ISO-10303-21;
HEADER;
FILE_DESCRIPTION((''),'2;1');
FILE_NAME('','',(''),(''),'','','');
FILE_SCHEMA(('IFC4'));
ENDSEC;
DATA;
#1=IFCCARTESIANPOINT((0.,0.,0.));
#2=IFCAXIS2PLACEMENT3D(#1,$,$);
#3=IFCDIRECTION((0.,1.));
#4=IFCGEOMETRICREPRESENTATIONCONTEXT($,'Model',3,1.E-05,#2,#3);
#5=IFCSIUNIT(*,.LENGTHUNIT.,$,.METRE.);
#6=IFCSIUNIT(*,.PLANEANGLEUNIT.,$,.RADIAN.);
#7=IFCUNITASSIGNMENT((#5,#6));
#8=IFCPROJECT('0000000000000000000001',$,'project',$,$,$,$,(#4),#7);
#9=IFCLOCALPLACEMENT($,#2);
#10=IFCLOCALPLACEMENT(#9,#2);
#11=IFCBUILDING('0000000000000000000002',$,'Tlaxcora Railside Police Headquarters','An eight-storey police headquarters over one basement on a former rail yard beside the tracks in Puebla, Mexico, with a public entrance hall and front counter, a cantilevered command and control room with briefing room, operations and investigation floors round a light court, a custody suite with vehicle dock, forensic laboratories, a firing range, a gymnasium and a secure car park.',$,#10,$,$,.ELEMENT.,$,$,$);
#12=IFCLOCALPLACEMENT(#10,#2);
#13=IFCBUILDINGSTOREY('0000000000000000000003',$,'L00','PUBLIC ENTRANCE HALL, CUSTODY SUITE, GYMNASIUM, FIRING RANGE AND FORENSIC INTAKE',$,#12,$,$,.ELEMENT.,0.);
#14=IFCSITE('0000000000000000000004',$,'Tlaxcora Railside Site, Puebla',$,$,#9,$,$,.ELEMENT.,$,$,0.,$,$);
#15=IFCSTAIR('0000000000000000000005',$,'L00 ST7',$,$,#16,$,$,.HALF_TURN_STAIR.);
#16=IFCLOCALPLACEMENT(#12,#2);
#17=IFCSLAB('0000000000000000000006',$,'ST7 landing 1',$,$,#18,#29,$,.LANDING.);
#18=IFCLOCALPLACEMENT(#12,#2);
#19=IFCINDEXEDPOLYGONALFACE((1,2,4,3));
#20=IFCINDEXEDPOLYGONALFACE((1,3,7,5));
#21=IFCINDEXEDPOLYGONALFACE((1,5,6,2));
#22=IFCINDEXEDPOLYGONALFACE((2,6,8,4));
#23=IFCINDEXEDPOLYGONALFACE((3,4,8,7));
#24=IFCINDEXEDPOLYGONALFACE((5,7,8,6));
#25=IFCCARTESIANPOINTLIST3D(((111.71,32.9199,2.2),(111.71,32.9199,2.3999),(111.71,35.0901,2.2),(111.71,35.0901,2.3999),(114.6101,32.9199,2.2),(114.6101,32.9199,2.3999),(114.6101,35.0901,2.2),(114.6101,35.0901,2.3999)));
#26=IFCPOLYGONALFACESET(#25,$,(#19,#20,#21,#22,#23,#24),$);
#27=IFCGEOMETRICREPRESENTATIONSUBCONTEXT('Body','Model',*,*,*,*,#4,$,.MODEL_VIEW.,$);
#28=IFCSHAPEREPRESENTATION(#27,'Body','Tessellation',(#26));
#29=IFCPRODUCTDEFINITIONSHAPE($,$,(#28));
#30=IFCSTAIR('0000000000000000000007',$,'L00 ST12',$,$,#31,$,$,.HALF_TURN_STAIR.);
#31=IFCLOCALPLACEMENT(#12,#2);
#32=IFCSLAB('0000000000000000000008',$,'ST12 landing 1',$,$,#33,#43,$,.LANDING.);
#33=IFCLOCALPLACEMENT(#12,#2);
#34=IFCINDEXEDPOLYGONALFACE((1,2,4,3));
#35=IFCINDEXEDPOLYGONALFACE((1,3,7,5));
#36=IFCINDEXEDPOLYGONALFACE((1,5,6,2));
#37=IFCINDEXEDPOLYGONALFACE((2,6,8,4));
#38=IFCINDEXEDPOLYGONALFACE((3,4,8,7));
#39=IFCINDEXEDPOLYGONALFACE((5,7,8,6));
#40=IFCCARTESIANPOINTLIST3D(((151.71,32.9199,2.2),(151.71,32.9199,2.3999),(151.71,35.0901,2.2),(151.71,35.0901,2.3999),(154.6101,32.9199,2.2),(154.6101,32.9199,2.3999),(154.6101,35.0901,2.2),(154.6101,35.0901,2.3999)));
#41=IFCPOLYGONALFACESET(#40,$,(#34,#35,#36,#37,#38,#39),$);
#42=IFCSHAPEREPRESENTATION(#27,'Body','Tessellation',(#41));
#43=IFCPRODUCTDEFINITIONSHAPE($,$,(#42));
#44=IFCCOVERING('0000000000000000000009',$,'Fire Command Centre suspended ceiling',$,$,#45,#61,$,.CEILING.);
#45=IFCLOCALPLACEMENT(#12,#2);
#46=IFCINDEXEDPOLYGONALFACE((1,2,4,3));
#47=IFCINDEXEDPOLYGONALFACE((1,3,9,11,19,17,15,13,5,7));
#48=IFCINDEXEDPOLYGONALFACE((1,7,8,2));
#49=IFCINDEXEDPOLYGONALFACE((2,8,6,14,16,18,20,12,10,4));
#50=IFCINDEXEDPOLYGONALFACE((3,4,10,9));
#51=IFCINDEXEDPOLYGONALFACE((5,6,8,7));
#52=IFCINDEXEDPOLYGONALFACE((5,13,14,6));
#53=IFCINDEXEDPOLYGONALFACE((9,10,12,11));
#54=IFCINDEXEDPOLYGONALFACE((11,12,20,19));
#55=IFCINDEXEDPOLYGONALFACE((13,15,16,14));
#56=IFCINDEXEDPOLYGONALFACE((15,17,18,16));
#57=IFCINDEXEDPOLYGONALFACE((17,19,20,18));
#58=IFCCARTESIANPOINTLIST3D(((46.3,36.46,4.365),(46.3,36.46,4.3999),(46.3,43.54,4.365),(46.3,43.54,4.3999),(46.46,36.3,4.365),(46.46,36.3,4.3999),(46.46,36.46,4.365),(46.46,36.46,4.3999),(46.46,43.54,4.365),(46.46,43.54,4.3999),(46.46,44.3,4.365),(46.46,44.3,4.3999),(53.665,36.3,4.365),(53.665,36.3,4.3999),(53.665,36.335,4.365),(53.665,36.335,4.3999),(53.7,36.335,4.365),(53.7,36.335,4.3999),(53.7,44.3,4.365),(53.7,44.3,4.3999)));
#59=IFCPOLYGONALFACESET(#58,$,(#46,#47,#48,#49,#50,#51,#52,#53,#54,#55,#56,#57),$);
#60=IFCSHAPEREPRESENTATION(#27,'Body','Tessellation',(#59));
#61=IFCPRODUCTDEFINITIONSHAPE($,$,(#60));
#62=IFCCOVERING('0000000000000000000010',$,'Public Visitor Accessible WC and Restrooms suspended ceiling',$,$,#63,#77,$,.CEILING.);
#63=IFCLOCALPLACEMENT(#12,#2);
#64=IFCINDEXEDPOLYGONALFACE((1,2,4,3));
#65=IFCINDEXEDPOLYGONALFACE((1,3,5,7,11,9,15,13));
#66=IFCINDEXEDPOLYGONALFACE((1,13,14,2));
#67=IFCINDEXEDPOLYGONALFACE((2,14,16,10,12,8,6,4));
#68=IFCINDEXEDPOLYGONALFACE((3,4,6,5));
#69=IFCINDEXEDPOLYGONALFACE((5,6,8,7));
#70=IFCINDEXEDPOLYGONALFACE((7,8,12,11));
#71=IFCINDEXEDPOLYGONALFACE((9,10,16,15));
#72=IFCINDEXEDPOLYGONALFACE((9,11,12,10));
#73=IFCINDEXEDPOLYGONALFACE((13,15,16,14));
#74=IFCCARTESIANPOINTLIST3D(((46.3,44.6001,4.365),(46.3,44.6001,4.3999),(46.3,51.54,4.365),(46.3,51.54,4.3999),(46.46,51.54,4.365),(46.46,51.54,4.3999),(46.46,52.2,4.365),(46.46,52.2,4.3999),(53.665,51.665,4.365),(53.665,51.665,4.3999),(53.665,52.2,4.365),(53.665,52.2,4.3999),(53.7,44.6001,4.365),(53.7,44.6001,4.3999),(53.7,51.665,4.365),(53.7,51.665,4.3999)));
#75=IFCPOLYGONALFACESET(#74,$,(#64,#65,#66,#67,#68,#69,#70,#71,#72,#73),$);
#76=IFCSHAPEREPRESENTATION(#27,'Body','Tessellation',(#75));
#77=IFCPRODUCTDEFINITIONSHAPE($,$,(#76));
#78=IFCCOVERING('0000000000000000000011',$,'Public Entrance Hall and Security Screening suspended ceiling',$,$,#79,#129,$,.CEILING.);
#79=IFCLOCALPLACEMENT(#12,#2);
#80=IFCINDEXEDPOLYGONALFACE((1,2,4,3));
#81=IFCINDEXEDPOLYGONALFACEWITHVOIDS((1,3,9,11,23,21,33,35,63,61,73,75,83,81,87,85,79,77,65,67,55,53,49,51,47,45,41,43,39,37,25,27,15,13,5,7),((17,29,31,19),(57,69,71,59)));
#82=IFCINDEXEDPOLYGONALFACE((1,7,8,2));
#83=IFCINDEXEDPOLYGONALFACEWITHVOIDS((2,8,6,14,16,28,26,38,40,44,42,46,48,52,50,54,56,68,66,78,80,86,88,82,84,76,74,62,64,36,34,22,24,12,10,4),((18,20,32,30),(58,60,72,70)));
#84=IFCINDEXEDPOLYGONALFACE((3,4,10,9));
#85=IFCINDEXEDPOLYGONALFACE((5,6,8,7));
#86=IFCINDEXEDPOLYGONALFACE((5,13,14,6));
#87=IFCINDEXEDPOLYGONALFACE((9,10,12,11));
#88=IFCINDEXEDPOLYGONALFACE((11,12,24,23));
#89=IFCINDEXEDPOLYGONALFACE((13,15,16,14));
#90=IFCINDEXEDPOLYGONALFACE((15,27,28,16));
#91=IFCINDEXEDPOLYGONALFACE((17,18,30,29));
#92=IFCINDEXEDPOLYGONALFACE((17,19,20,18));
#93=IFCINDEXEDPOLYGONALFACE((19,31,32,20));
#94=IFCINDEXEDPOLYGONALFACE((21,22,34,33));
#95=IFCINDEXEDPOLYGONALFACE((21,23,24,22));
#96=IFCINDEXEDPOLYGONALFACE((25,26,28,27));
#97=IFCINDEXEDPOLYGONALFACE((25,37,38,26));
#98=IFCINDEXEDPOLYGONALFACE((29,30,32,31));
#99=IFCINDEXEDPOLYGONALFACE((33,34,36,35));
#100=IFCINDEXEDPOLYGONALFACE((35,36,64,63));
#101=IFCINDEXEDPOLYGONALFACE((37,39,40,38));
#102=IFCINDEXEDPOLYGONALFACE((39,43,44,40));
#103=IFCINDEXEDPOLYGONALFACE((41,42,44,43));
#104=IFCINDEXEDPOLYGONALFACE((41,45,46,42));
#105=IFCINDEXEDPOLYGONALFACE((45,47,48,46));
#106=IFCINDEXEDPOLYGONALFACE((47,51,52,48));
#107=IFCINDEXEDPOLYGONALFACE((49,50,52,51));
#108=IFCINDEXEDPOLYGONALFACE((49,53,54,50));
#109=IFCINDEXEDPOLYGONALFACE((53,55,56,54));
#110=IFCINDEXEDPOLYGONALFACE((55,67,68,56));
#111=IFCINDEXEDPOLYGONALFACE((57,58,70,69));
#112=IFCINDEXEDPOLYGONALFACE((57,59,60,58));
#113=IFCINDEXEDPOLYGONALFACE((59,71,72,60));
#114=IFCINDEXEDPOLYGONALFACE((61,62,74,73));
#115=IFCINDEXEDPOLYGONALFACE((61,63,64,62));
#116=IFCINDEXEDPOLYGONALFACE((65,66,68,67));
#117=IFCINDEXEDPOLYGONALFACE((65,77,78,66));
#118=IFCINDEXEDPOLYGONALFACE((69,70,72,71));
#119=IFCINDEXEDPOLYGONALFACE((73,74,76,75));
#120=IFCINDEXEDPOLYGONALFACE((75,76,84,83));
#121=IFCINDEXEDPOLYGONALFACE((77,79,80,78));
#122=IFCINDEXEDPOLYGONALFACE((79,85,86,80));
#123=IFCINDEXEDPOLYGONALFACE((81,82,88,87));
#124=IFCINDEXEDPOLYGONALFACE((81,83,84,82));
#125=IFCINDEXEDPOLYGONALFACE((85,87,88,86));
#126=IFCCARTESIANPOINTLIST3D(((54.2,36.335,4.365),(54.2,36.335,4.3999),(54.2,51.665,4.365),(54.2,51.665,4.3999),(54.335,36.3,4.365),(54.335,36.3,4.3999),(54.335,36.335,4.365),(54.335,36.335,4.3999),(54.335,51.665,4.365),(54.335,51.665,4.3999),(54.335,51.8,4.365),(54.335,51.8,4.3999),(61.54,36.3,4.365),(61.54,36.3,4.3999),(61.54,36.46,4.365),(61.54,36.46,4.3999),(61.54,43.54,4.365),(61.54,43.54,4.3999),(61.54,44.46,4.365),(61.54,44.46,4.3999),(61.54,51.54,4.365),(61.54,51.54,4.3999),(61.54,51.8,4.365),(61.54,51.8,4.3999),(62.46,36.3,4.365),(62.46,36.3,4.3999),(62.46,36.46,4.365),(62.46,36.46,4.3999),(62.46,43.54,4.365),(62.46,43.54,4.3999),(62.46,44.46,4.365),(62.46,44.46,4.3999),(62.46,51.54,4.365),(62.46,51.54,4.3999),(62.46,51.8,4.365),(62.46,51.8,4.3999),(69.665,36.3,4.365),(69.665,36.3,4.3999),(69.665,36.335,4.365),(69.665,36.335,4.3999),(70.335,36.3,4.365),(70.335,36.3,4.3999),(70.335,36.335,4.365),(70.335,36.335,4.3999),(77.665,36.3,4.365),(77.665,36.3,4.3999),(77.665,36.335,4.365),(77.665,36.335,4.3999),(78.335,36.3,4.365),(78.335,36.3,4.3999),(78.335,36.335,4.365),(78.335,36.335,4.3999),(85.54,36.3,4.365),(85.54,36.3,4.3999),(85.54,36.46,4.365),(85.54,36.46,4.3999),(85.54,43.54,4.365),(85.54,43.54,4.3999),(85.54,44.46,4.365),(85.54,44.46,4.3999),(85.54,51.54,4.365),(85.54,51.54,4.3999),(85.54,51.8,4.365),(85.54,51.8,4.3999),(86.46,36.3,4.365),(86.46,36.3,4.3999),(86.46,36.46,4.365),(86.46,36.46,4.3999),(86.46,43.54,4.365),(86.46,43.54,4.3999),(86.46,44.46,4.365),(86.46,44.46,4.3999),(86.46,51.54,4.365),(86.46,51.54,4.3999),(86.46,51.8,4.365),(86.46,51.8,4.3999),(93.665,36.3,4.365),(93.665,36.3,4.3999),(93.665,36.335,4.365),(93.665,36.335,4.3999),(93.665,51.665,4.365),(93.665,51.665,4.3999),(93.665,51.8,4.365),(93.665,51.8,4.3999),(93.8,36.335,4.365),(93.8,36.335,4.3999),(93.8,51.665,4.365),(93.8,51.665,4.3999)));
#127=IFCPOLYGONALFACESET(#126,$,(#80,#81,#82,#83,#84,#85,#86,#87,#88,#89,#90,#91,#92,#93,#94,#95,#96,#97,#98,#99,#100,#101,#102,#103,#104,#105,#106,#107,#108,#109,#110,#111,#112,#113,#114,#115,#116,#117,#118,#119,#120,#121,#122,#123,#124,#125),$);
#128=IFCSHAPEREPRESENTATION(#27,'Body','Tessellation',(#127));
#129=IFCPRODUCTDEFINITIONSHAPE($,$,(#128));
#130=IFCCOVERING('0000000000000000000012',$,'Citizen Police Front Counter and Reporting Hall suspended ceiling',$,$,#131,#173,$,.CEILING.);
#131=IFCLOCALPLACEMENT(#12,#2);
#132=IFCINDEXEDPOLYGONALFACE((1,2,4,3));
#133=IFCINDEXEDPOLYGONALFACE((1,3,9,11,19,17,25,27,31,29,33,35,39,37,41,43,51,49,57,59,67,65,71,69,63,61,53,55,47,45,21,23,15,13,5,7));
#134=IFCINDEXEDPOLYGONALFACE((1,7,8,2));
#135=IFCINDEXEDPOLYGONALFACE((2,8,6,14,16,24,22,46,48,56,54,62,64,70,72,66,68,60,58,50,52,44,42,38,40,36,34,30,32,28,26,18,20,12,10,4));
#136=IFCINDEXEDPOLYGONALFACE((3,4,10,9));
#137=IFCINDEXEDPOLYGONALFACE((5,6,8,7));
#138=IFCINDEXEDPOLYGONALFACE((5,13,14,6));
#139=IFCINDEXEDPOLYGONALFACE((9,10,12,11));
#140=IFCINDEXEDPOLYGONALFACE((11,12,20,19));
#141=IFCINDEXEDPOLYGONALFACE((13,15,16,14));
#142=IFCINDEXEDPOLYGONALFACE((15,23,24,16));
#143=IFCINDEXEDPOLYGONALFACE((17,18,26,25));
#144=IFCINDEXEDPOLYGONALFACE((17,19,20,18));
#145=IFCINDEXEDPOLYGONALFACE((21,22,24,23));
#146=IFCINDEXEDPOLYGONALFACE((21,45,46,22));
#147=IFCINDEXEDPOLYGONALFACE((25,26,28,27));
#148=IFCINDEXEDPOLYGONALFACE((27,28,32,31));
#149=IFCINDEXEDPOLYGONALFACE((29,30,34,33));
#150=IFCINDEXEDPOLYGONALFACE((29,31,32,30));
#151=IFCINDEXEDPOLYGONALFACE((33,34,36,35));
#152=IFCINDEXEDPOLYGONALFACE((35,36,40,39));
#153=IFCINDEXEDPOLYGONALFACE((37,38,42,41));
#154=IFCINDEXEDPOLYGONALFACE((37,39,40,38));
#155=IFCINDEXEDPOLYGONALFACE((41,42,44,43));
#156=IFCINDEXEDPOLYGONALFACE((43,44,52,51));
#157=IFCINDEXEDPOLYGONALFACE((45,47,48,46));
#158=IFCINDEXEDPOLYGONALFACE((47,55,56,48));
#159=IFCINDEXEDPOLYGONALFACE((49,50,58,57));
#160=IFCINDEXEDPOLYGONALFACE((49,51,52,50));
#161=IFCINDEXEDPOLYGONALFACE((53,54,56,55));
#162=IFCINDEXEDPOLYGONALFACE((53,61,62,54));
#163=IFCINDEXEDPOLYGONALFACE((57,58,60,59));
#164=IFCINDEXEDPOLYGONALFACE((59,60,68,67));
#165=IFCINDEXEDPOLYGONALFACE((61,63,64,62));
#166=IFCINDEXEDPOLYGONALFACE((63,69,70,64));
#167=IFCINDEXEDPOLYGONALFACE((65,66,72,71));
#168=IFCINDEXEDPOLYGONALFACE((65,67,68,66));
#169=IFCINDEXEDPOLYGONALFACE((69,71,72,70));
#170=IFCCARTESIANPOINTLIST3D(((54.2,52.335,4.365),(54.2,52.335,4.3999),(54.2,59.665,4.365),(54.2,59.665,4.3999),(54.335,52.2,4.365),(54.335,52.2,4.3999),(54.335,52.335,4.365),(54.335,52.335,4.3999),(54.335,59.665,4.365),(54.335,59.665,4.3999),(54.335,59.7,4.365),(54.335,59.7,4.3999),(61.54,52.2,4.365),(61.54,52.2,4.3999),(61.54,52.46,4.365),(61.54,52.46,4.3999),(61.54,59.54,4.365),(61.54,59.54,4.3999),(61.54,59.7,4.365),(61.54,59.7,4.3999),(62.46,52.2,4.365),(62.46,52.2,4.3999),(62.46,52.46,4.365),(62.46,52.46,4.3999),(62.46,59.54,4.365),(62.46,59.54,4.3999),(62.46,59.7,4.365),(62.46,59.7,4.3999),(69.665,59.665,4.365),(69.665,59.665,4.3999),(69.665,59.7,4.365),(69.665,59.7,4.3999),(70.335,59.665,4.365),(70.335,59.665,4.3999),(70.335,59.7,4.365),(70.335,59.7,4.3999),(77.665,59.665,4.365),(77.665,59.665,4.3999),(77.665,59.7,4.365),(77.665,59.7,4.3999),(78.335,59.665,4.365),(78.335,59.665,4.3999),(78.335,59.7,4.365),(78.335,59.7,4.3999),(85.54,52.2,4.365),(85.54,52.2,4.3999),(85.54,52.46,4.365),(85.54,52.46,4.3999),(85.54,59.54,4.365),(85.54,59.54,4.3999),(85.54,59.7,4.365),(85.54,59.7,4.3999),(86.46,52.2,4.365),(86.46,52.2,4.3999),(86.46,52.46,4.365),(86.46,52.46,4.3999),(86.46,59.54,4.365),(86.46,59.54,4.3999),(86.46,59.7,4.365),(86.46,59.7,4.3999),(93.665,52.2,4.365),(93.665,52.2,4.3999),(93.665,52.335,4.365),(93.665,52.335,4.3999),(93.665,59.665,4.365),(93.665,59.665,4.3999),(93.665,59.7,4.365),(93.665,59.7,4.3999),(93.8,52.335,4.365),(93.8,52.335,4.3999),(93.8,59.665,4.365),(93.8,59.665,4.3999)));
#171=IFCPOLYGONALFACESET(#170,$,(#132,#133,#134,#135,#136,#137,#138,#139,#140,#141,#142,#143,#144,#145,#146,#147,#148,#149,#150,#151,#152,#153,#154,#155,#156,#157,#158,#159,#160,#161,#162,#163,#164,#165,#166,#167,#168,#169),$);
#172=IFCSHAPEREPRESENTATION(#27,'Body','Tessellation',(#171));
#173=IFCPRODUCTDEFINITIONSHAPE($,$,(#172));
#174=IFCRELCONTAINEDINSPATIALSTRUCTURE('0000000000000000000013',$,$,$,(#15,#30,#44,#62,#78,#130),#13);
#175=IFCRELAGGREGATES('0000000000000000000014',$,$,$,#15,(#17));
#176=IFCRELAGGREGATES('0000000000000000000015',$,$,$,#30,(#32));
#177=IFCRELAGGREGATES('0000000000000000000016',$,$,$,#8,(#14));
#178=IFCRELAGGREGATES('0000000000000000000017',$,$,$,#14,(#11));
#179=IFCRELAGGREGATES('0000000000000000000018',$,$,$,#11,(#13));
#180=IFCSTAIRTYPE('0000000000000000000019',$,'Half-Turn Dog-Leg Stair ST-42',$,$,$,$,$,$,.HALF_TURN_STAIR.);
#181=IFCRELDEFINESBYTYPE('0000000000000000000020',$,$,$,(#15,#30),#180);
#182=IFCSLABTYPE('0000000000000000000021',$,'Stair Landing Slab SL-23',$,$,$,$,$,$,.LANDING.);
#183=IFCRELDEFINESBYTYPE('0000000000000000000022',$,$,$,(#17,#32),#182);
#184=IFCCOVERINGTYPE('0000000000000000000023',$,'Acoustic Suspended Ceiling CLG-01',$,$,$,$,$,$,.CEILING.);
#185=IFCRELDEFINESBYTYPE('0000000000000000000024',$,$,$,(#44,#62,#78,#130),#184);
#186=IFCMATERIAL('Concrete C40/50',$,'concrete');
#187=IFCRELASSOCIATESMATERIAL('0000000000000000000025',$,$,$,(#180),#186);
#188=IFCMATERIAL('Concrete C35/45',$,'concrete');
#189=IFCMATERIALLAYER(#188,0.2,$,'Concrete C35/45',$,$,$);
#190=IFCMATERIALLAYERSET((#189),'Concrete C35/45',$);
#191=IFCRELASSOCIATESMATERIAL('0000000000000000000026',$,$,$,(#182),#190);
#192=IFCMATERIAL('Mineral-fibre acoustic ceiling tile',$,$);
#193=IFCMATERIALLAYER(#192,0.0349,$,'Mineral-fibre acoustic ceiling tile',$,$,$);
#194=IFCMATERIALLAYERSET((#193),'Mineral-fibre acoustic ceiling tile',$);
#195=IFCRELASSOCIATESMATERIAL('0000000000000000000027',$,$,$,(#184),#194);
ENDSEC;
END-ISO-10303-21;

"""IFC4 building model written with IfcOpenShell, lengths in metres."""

from ifc_helpers import new_model, si_unit, direction, frame, origin, place, context, subcontext, project, spatial, polyline, outline, extrude, material, layer, layer_set, type_object, element, aggregate, save


model = new_model("IFC4")

# Units and contexts
model_context = context("Model", 3, precision=1e-05, world=origin(), true_north=direction((0.0, 1.0)))
body_context = subcontext(model_context, "Body", "Model", "MODEL_VIEW")
ifc_project = project(units=[si_unit("LENGTHUNIT", "METRE"), si_unit("PLANEANGLEUNIT", "RADIAN")], contexts=[model_context])

# Site, building, storey
site_placement = place(None, origin())
site = spatial("IfcSite", under=ifc_project, at=site_placement, Name="Tlaxcora Railside Site, Puebla", CompositionType="ELEMENT", RefElevation=0.0)
building_placement = place(site_placement, origin())
building = spatial("IfcBuilding", under=site, at=building_placement, Name="Tlaxcora Railside Police Headquarters", Description="An eight-storey police headquarters over one basement on a former rail yard beside the tracks in Puebla, Mexico, with a public entrance hall and front counter, a cantilevered command and control room with briefing room, operations and investigation floors round a light court, a custody suite with vehicle dock, forensic laboratories, a firing range, a gymnasium and a secure car park.", CompositionType="ELEMENT")
storey_placement = place(building_placement, origin())
storey = spatial("IfcBuildingStorey", under=building, at=storey_placement, Name="L00", Description="PUBLIC ENTRANCE HALL, CUSTODY SUITE, GYMNASIUM, FIRING RANGE AND FORENSIC INTAKE", CompositionType="ELEMENT", Elevation=0.0)

# Stairs, slabs
ifc_material_1 = material(Name="Concrete C40/50", Category="concrete")
stair_type = type_object("IfcStairType", Name="Half-Turn Dog-Leg Stair ST-42", PredefinedType="HALF_TURN_STAIR", material=ifc_material_1)
stair_1_placement = place(storey_placement, origin())
stair_1 = element("IfcStair", 1, at=stair_1_placement, inside=storey, type_object=stair_type, Name="L00 ST7", PredefinedType="HALF_TURN_STAIR")
ifc_material_2 = material(Name="Concrete C35/45", Category="concrete")
ifc_layer_1 = layer(ifc_material_2, 0.2, Name="Concrete C35/45")
ifc_layer_set_1 = layer_set([ifc_layer_1], Name="Concrete C35/45")
slab_type = type_object("IfcSlabType", Name="Stair Landing Slab SL-23", PredefinedType="LANDING", material=ifc_layer_set_1)
slab_1_placement = place(storey_placement, frame((0.0, 0.0, 2.2)))
slab_1 = element("IfcSlab", 2, at=slab_1_placement, type_object=slab_type, Name="ST7 landing 1", PredefinedType="LANDING", context=body_context, shape_type="SweptSolid", body=[
    extrude(outline(polyline([(114.6101, 32.9199), (114.6101, 35.0901), (111.71, 35.0901), (111.71, 32.9199), (114.6101, 32.9199)])), origin(), (0.0, 0.0, 1.0), 0.2),
])
aggregate(stair_1, [slab_1])
stair_2_placement = place(storey_placement, origin())
stair_2 = element("IfcStair", 3, at=stair_2_placement, inside=storey, type_object=stair_type, Name="L00 ST12", PredefinedType="HALF_TURN_STAIR")
slab_2_placement = place(storey_placement, frame((0.0, 0.0, 2.2)))
slab_2 = element("IfcSlab", 4, at=slab_2_placement, type_object=slab_type, Name="ST12 landing 1", PredefinedType="LANDING", context=body_context, shape_type="SweptSolid", body=[
    extrude(outline(polyline([(154.6101, 32.9199), (154.6101, 35.0901), (151.71, 35.0901), (151.71, 32.9199), (154.6101, 32.9199)])), origin(), (0.0, 0.0, 1.0), 0.2),
])
aggregate(stair_2, [slab_2])

# Coverings
ifc_material_3 = material(Name="Mineral-fibre acoustic ceiling tile")
ifc_layer_2 = layer(ifc_material_3, 0.0349, Name="Mineral-fibre acoustic ceiling tile")
ifc_layer_set_2 = layer_set([ifc_layer_2], Name="Mineral-fibre acoustic ceiling tile")
covering_type_1 = type_object("IfcCoveringType", Name="Acoustic Suspended Ceiling CLG-01", PredefinedType="CEILING", material=ifc_layer_set_2)
covering_1_placement = place(storey_placement, frame((0.0, 0.0, 4.365)))
element("IfcCovering", 5, at=covering_1_placement, inside=storey, type_object=covering_type_1, Name="Fire Command Centre suspended ceiling", PredefinedType="CEILING", context=body_context, shape_type="SweptSolid", body=[
    extrude(outline(polyline([(53.7, 44.3), (46.46, 44.3), (46.46, 43.54), (46.3, 43.54), (46.3, 36.46), (46.46, 36.46), (46.46, 36.3), (53.665, 36.3), (53.665, 36.335), (53.7, 36.335), (53.7, 44.3)])), origin(), (0.0, 0.0, 1.0), 0.0349),
])
covering_2_placement = place(storey_placement, frame((0.0, 0.0, 4.365)))
element("IfcCovering", 6, at=covering_2_placement, inside=storey, type_object=covering_type_1, Name="Public Visitor Accessible WC and Restrooms suspended ceiling", PredefinedType="CEILING", context=body_context, shape_type="SweptSolid", body=[
    extrude(outline(polyline([(46.3, 51.54), (46.3, 44.6001), (53.7, 44.6001), (53.7, 51.665), (53.665, 51.665), (53.665, 52.2), (46.46, 52.2), (46.46, 51.54), (46.3, 51.54)])), origin(), (0.0, 0.0, 1.0), 0.0349),
])
covering_3_placement = place(storey_placement, frame((0.0, 0.0, 4.365)))
element("IfcCovering", 7, at=covering_3_placement, inside=storey, type_object=covering_type_1, Name="Public Entrance Hall and Security Screening suspended ceiling", PredefinedType="CEILING", context=body_context, shape_type="SweptSolid", body=[
    extrude(outline(polyline([(54.2, 51.665), (54.2, 36.335), (54.335, 36.335), (54.335, 36.3), (61.54, 36.3), (61.54, 36.46), (62.46, 36.46), (62.46, 36.3), (69.665, 36.3), (69.665, 36.335), (70.335, 36.335), (70.335, 36.3), (77.665, 36.3), (77.665, 36.335), (78.335, 36.335), (78.335, 36.3), (85.54, 36.3), (85.54, 36.46), (86.46, 36.46), (86.46, 36.3), (93.665, 36.3), (93.665, 36.335), (93.8, 36.335), (93.8, 51.665), (93.665, 51.665), (93.665, 51.8), (86.46, 51.8), (86.46, 51.54), (85.54, 51.54), (85.54, 51.8), (62.46, 51.8), (62.46, 51.54), (61.54, 51.54), (61.54, 51.8), (54.335, 51.8), (54.335, 51.665), (54.2, 51.665)]), holes=[polyline([(62.46, 43.54), (61.54, 43.54), (61.54, 44.46), (62.46, 44.46), (62.46, 43.54)]), polyline([(85.54, 43.54), (85.54, 44.46), (86.46, 44.46), (86.46, 43.54), (85.54, 43.54)])]), origin(), (0.0, 0.0, 1.0), 0.0349),
])
covering_4_placement = place(storey_placement, frame((0.0, 0.0, 4.365)))
element("IfcCovering", 8, at=covering_4_placement, inside=storey, type_object=covering_type_1, Name="Citizen Police Front Counter and Reporting Hall suspended ceiling", PredefinedType="CEILING", context=body_context, shape_type="SweptSolid", body=[
    extrude(outline(polyline([(54.335, 52.335), (54.335, 52.2), (61.54, 52.2), (61.54, 52.46), (62.46, 52.46), (62.46, 52.2), (85.54, 52.2), (85.54, 52.46), (86.46, 52.46), (86.46, 52.2), (93.665, 52.2), (93.665, 52.335), (93.8, 52.335), (93.8, 59.665), (93.665, 59.665), (93.665, 59.7), (86.46, 59.7), (86.46, 59.54), (85.54, 59.54), (85.54, 59.7), (78.335, 59.7), (78.335, 59.665), (77.665, 59.665), (77.665, 59.7), (70.335, 59.7), (70.335, 59.665), (69.665, 59.665), (69.665, 59.7), (62.46, 59.7), (62.46, 59.54), (61.54, 59.54), (61.54, 59.7), (54.335, 59.7), (54.335, 59.665), (54.2, 59.665), (54.2, 52.335), (54.335, 52.335)])), origin(), (0.0, 0.0, 1.0), 0.0349),
])

save(model, "model.ifc")
